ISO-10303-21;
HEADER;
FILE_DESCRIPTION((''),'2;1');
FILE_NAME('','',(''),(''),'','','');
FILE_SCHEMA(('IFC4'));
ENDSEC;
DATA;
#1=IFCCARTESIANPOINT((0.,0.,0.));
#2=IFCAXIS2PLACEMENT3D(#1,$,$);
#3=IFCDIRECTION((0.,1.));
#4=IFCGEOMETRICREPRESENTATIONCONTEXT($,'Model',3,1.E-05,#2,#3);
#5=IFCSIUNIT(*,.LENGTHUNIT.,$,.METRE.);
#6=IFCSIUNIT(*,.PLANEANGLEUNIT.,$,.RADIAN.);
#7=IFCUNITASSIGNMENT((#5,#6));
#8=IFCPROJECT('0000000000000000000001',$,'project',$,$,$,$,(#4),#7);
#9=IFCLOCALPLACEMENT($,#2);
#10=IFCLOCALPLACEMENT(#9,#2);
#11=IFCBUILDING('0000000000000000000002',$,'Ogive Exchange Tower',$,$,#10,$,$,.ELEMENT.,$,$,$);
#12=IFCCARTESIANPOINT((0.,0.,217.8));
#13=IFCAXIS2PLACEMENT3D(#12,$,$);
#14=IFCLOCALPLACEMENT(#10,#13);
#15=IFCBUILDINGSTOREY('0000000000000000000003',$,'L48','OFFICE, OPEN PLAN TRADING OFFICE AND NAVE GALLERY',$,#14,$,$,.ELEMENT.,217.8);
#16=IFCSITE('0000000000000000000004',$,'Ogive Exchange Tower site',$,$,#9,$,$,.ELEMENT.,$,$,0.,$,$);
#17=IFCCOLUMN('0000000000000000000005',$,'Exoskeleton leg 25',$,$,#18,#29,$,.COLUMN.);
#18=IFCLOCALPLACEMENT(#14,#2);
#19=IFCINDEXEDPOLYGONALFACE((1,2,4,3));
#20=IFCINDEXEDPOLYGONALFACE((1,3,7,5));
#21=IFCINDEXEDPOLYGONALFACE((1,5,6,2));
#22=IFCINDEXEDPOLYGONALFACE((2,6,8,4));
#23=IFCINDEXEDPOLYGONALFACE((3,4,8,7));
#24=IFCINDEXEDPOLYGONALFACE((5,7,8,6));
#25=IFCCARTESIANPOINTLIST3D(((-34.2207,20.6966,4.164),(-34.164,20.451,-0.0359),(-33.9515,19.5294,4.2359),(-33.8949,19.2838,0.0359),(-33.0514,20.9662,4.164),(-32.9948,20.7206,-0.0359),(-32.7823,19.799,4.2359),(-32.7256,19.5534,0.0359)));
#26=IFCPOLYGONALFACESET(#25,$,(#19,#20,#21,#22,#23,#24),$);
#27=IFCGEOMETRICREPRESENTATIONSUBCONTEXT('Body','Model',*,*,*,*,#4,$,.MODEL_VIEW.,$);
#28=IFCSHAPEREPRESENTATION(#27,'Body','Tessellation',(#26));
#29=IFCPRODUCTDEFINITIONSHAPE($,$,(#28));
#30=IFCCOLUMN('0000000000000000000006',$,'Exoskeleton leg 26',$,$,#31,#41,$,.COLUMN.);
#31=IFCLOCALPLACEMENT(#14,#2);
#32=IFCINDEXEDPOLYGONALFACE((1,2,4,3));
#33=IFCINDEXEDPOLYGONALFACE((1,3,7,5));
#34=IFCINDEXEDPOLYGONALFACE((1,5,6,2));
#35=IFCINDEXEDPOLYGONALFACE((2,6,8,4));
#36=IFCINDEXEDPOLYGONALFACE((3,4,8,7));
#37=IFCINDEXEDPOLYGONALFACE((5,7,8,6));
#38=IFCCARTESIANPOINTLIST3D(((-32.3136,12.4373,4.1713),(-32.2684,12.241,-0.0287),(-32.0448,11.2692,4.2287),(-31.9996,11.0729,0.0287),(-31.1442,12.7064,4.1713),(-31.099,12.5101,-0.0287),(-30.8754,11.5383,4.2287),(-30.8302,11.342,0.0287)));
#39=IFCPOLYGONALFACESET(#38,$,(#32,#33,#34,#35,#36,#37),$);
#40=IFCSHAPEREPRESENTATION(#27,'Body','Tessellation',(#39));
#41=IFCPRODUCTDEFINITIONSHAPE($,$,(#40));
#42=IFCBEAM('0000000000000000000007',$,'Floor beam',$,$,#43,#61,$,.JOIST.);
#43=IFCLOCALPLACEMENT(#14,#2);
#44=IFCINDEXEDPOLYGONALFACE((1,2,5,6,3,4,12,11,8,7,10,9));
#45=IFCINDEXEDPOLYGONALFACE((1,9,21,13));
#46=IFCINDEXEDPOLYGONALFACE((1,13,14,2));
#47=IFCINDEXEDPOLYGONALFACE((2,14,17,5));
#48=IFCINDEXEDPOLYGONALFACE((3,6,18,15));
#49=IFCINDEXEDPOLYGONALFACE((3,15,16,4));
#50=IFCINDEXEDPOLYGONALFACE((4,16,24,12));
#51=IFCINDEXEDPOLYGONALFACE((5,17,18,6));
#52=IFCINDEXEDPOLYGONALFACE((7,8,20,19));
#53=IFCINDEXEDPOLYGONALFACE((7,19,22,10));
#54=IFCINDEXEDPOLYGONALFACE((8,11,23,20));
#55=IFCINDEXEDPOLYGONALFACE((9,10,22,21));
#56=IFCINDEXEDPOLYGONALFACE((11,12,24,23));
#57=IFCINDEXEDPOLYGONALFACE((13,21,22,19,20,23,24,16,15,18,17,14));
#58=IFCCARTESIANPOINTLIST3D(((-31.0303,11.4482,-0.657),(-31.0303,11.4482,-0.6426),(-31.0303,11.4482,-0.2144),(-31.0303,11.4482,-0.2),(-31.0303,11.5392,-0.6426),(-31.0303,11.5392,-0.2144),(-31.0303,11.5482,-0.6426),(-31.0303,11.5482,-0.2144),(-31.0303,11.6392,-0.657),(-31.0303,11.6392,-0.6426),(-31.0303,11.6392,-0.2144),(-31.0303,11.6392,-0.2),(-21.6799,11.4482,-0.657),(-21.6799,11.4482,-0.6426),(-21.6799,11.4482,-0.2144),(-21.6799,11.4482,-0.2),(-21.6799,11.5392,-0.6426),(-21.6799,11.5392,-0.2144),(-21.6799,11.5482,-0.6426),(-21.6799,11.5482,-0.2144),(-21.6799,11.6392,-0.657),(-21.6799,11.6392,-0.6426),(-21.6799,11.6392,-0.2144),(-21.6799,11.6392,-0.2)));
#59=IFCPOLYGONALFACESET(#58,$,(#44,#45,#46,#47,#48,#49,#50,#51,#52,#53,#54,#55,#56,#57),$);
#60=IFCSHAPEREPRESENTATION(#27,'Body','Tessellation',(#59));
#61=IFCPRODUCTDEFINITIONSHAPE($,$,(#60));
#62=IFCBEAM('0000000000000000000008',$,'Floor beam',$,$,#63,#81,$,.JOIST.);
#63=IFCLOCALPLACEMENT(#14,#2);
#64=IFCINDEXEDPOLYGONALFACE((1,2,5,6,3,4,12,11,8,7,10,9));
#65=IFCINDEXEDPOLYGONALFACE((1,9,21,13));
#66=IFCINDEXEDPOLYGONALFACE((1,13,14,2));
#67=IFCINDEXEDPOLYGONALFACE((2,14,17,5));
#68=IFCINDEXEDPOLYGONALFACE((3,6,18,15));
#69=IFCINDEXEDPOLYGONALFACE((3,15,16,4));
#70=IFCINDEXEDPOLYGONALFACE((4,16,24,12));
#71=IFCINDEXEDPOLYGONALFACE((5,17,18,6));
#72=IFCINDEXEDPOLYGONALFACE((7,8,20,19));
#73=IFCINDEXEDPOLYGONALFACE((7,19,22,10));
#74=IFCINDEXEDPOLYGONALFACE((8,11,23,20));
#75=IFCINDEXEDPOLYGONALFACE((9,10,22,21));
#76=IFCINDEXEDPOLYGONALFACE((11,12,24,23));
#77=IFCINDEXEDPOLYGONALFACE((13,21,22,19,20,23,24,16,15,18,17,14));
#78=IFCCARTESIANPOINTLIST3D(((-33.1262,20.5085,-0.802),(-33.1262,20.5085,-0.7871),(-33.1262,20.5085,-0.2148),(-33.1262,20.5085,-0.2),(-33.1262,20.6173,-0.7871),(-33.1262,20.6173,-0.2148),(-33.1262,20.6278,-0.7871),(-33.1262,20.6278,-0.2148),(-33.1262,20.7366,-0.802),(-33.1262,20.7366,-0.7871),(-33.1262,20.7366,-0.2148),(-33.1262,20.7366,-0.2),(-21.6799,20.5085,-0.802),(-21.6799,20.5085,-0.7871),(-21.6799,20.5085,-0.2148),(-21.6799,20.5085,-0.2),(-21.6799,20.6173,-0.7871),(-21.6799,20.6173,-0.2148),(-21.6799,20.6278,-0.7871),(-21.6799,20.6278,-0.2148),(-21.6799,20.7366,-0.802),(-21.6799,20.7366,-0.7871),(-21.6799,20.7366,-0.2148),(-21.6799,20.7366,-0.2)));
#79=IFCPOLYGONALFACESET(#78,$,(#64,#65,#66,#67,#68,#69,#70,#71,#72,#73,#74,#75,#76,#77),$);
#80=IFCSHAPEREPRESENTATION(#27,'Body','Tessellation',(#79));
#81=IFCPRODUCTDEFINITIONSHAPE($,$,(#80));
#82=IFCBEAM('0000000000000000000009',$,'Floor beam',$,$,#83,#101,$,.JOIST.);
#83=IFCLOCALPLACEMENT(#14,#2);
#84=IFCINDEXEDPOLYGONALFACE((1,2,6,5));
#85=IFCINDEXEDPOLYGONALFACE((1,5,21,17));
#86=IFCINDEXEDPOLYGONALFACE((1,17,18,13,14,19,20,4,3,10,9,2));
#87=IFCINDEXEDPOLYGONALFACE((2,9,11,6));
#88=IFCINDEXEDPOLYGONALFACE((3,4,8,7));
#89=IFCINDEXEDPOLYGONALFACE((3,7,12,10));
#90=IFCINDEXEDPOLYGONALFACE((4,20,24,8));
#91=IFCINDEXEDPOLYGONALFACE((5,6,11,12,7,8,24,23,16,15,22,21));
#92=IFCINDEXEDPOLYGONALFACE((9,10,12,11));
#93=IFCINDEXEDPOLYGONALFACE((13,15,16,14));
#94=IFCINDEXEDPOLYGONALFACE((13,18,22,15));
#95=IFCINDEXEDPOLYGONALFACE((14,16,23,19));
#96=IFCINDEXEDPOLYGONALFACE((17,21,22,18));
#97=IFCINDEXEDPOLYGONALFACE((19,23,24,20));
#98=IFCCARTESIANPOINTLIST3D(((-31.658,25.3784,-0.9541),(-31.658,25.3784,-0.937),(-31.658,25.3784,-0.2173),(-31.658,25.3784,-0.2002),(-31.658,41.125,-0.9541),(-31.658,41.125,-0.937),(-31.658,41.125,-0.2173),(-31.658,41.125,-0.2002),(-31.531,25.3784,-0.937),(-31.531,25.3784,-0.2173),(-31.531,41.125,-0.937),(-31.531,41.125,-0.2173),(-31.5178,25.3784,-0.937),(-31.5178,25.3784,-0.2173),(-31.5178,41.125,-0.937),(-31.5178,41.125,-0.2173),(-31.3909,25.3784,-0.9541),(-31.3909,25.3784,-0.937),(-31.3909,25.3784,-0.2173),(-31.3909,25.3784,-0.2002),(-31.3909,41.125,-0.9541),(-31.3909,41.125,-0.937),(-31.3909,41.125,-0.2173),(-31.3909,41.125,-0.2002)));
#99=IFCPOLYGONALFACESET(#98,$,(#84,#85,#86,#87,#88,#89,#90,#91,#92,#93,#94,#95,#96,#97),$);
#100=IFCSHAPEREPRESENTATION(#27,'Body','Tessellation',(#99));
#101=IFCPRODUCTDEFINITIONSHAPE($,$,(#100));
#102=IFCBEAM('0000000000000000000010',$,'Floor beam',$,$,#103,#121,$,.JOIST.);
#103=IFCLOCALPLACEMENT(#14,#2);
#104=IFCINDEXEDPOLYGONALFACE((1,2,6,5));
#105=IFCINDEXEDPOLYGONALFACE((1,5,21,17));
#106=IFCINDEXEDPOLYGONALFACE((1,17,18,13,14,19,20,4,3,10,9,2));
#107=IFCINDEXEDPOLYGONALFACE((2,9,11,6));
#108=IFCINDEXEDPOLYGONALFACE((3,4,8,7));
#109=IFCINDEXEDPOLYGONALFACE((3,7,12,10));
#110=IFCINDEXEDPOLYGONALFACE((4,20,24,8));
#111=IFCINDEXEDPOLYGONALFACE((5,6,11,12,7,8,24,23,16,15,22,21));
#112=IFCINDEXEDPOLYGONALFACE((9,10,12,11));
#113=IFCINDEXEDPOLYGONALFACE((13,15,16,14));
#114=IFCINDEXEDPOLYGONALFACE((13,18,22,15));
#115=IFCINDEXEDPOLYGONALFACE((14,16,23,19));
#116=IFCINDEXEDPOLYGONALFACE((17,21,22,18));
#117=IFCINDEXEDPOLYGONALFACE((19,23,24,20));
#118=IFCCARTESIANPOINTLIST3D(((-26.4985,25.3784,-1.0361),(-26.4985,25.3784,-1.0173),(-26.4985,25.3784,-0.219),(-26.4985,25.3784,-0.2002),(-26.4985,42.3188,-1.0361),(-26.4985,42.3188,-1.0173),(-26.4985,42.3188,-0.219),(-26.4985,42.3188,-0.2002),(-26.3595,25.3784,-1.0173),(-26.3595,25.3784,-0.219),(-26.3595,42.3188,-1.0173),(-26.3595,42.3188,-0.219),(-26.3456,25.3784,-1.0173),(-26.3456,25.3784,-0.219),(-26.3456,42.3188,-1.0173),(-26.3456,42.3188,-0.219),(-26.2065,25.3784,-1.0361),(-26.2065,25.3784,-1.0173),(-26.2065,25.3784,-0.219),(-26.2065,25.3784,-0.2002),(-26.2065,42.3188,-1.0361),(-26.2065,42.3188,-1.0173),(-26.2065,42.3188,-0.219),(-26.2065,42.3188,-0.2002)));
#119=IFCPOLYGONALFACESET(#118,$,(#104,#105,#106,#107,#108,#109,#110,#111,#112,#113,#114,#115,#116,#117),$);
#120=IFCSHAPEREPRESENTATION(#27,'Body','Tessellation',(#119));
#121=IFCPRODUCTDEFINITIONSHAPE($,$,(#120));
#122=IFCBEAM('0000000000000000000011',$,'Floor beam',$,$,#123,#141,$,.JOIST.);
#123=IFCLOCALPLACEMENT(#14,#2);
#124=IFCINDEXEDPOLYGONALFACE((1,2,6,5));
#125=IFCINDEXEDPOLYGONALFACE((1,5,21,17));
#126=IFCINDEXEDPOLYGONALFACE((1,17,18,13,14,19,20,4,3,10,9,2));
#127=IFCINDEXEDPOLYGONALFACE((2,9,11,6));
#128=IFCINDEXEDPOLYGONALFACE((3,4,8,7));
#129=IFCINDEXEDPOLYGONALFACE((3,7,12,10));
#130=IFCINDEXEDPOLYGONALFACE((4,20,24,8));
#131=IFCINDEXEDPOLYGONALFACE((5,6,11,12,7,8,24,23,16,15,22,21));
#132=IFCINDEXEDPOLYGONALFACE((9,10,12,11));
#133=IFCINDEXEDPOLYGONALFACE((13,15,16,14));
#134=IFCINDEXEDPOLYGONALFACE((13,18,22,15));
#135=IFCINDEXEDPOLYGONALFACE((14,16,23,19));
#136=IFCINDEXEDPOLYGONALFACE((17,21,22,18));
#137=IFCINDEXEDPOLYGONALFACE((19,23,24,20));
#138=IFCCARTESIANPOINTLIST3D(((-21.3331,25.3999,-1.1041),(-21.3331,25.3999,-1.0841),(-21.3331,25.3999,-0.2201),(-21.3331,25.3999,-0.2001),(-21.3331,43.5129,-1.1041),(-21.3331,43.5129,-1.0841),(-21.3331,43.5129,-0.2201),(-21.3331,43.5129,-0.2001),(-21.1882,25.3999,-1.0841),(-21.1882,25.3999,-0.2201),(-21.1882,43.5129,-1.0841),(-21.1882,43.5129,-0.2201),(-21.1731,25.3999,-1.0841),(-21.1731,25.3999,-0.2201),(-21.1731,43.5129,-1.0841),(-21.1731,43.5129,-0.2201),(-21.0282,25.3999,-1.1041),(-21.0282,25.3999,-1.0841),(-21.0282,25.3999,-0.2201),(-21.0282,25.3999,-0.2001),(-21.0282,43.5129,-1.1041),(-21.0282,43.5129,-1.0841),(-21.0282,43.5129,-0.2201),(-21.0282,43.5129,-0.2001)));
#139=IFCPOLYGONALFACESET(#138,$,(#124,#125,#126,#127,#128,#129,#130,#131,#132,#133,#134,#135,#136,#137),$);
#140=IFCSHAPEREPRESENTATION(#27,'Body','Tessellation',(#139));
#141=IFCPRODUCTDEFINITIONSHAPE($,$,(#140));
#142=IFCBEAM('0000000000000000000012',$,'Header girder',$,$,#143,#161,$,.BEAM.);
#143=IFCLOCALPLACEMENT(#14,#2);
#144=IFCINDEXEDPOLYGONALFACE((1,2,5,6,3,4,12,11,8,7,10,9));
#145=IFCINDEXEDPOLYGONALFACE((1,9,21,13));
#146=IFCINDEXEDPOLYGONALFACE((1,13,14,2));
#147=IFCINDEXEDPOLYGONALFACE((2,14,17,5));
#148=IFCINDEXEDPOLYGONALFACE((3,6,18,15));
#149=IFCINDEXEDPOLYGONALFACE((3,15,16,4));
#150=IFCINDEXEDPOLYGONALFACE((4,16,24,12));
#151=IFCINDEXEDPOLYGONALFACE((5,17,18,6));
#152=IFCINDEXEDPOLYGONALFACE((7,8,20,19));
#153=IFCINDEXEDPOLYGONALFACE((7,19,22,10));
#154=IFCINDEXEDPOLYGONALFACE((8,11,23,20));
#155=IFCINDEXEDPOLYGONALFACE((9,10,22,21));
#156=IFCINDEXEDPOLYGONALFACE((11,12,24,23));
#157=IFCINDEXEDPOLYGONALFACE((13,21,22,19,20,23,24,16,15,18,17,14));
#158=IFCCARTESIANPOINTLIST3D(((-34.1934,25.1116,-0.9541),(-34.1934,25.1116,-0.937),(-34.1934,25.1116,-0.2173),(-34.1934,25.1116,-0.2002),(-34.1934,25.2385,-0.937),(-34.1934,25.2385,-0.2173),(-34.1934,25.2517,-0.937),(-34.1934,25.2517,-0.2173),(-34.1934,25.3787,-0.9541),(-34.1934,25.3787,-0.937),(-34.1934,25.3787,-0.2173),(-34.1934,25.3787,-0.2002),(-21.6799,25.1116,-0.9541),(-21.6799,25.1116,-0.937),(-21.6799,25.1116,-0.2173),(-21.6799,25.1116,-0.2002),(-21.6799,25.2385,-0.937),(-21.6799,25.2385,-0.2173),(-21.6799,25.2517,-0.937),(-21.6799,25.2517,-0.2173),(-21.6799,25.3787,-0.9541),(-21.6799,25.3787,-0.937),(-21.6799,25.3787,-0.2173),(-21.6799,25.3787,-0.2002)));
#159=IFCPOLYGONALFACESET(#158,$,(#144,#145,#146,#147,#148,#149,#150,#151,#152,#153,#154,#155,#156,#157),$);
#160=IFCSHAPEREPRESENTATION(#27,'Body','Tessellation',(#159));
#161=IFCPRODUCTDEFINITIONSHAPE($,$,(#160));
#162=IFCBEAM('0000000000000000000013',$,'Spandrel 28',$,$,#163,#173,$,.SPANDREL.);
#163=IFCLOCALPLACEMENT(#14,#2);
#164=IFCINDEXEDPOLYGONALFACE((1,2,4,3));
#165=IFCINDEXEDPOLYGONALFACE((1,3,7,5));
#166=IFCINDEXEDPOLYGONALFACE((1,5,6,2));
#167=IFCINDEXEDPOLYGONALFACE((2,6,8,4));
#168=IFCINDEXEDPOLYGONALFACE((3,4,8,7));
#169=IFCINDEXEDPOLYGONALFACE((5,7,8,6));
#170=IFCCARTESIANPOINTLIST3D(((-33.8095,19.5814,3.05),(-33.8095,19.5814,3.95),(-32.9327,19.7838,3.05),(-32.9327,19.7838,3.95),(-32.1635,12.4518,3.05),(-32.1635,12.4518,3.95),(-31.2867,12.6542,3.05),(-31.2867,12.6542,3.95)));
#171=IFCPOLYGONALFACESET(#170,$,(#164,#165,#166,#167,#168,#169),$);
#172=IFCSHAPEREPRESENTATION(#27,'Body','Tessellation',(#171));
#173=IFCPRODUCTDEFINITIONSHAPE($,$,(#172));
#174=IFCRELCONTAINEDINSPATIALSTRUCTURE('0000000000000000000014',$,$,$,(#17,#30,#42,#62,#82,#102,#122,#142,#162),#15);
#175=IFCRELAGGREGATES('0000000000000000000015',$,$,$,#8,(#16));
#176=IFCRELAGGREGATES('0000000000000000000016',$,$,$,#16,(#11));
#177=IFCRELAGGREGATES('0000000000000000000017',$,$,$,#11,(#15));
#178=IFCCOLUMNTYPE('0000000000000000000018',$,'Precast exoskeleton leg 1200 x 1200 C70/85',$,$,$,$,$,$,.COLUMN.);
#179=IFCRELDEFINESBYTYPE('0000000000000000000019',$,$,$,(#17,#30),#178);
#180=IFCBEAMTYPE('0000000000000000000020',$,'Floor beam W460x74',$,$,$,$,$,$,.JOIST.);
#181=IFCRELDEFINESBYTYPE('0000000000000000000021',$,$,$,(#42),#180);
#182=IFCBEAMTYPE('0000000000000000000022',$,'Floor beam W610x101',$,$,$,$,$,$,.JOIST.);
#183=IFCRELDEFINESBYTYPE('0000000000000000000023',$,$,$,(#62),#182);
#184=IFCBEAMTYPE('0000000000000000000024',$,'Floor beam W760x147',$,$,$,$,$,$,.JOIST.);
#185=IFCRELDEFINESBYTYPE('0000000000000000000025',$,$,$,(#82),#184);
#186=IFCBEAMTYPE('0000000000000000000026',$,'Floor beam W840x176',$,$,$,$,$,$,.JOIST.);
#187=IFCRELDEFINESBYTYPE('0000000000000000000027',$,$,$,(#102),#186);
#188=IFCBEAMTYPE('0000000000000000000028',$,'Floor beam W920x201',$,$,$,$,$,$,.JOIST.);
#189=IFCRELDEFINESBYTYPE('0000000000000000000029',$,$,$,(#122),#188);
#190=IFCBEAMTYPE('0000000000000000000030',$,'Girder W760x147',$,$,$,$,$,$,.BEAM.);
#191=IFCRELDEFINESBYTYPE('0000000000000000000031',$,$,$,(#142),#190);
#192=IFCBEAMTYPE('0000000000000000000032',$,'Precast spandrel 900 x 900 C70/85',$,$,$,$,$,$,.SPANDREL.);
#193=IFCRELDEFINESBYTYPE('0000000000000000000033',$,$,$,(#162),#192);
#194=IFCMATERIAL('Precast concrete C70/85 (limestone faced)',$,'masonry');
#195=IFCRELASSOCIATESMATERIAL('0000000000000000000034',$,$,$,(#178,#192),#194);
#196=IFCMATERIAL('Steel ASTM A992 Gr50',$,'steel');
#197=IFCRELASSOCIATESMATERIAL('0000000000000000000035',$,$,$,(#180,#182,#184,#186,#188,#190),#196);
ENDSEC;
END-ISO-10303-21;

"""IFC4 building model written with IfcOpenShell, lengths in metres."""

from ifc_helpers import new_model, si_unit, direction, frame, origin, origin_2d, place, context, subcontext, project, spatial, rectangle, i_section, extrude, material, material_profile, profile_set, type_object, element, save


model = new_model("IFC4")

# Units and contexts
model_context = context("Model", 3, precision=1e-05, world=origin(), true_north=direction((0.0, 1.0)))
body_context = subcontext(model_context, "Body", "Model", "MODEL_VIEW")
ifc_project = project(units=[si_unit("LENGTHUNIT", "METRE"), si_unit("PLANEANGLEUNIT", "RADIAN")], contexts=[model_context])

# Site, building, storey
site_placement = place(None, origin())
site = spatial("IfcSite", under=ifc_project, at=site_placement, Name="Ogive Exchange Tower site", CompositionType="ELEMENT", RefElevation=0.0)
building_placement = place(site_placement, origin())
building = spatial("IfcBuilding", under=site, at=building_placement, Name="Ogive Exchange Tower", CompositionType="ELEMENT")
storey_placement = place(building_placement, frame((0.0, 0.0, 217.8)))
storey = spatial("IfcBuildingStorey", under=building, at=storey_placement, Name="L48", Description="OFFICE, OPEN PLAN TRADING OFFICE AND NAVE GALLERY", CompositionType="ELEMENT", Elevation=217.8)

# Columns
ifc_material_1 = material(Name="Precast concrete C70/85 (limestone faced)", Category="masonry")
ifc_material_profile_1 = material_profile(ifc_material_1, rectangle(XDim=1.2, YDim=1.2, at=origin_2d()), Name="1200 x 1200")
ifc_profile_set_1 = profile_set([ifc_material_profile_1], Name="Precast concrete C70/85 (limestone faced)")
column_type = type_object("IfcColumnType", Name="Precast exoskeleton leg 1200 x 1200 C70/85", PredefinedType="COLUMN", material=ifc_profile_set_1)
column_1_placement = place(storey_placement, frame((-33.4448, 20.0022, 0.0), z_axis=(-0.013462, 0.058373, 0.998204), x_axis=(-0.974424, -0.224718, 0.0)))
element("IfcColumn", 1, at=column_1_placement, inside=storey, type_object=column_type, Name="Exoskeleton leg 25", PredefinedType="COLUMN", context=body_context, shape_type="SweptSolid", body=[
    extrude(rectangle(XDim=1.2, YDim=1.2, at=origin_2d()), origin(), (0.0, 0.0, 1.0), 4.2075),
])
column_2_placement = place(storey_placement, frame((-31.5493, 11.7915, 0.0), z_axis=(-0.010742, 0.046682, 0.998852), x_axis=(-0.974534, -0.22424, 0.0)))
element("IfcColumn", 2, at=column_2_placement, inside=storey, type_object=column_type, Name="Exoskeleton leg 26", PredefinedType="COLUMN", context=body_context, shape_type="SweptSolid", body=[
    extrude(rectangle(XDim=1.2, YDim=1.2, at=origin_2d()), origin(), (0.0, 0.0, 1.0), 4.2048),
])

# Beams
ifc_material_2 = material(Name="Steel ASTM A992 Gr50", Category="steel")
ifc_material_profile_2 = material_profile(ifc_material_2, i_section(OverallWidth=0.1909, OverallDepth=0.457, WebThickness=0.009, FlangeThickness=0.0144, at=origin_2d()), Name="W460x74")
ifc_profile_set_2 = profile_set([ifc_material_profile_2], Name="Steel ASTM A992 Gr50")
beam_type_1 = type_object("IfcBeamType", Name="Floor beam W460x74", PredefinedType="JOIST", material=ifc_profile_set_2)
beam_1_placement = place(storey_placement, frame((-31.0303, 11.5437, -0.4285), z_axis=(1.0, 0.0, 0.0), x_axis=(0.0, 1.0, 0.0)))
element("IfcBeam", 3, at=beam_1_placement, inside=storey, type_object=beam_type_1, Name="Floor beam", PredefinedType="JOIST", context=body_context, shape_type="SweptSolid", body=[
    extrude(i_section(OverallWidth=0.1909, OverallDepth=0.457, WebThickness=0.009, FlangeThickness=0.0144, at=origin_2d()), origin(), (0.0, 0.0, 1.0), 9.3503),
])
ifc_material_profile_3 = material_profile(ifc_material_2, i_section(OverallWidth=0.228, OverallDepth=0.6021, WebThickness=0.0105, FlangeThickness=0.0149, at=origin_2d()), Name="W610x101")
ifc_profile_set_3 = profile_set([ifc_material_profile_3], Name="Steel ASTM A992 Gr50")
beam_type_2 = type_object("IfcBeamType", Name="Floor beam W610x101", PredefinedType="JOIST", material=ifc_profile_set_3)
beam_2_placement = place(storey_placement, frame((-33.1262, 20.6226, -0.501), z_axis=(1.0, 0.0, 0.0), x_axis=(0.0, 1.0, 0.0)))
element("IfcBeam", 4, at=beam_2_placement, inside=storey, type_object=beam_type_2, Name="Floor beam", PredefinedType="JOIST", context=body_context, shape_type="SweptSolid", body=[
    extrude(i_section(OverallWidth=0.228, OverallDepth=0.6021, WebThickness=0.0105, FlangeThickness=0.0149, at=origin_2d()), origin(), (0.0, 0.0, 1.0), 11.4463),
])
ifc_material_profile_4 = material_profile(ifc_material_2, i_section(OverallWidth=0.2671, OverallDepth=0.7539, WebThickness=0.0132, FlangeThickness=0.0171, at=origin_2d()), Name="W760x147")
ifc_profile_set_4 = profile_set([ifc_material_profile_4], Name="Steel ASTM A992 Gr50")
beam_type_3 = type_object("IfcBeamType", Name="Floor beam W760x147", PredefinedType="JOIST", material=ifc_profile_set_4)
beam_3_placement = place(storey_placement, frame((-31.5244, 25.3784, -0.5771), z_axis=(0.0, 1.0, 0.0), x_axis=(-1.0, 0.0, 0.0)))
element("IfcBeam", 5, at=beam_3_placement, inside=storey, type_object=beam_type_3, Name="Floor beam", PredefinedType="JOIST", context=body_context, shape_type="SweptSolid", body=[
    extrude(i_section(OverallWidth=0.2671, OverallDepth=0.7539, WebThickness=0.0132, FlangeThickness=0.0171, at=origin_2d()), origin(), (0.0, 0.0, 1.0), 15.7466),
])
ifc_material_profile_5 = material_profile(ifc_material_2, i_section(OverallWidth=0.292, OverallDepth=0.8359, WebThickness=0.0139, FlangeThickness=0.0188, at=origin_2d()), Name="W840x176")
ifc_profile_set_5 = profile_set([ifc_material_profile_5], Name="Steel ASTM A992 Gr50")
beam_type_4 = type_object("IfcBeamType", Name="Floor beam W840x176", PredefinedType="JOIST", material=ifc_profile_set_5)
beam_4_placement = place(storey_placement, frame((-26.3525, 25.3784, -0.6182), z_axis=(0.0, 1.0, 0.0), x_axis=(-1.0, 0.0, 0.0)))
element("IfcBeam", 6, at=beam_4_placement, inside=storey, type_object=beam_type_4, Name="Floor beam", PredefinedType="JOIST", context=body_context, shape_type="SweptSolid", body=[
    extrude(i_section(OverallWidth=0.292, OverallDepth=0.8359, WebThickness=0.0139, FlangeThickness=0.0188, at=origin_2d()), origin(), (0.0, 0.0, 1.0), 16.9404),
])
ifc_material_profile_6 = material_profile(ifc_material_2, i_section(OverallWidth=0.3049, OverallDepth=0.9041, WebThickness=0.0151, FlangeThickness=0.02, at=origin_2d()), Name="W920x201")
ifc_profile_set_6 = profile_set([ifc_material_profile_6], Name="Steel ASTM A992 Gr50")
beam_type_5 = type_object("IfcBeamType", Name="Floor beam W920x201", PredefinedType="JOIST", material=ifc_profile_set_6)
beam_5_placement = place(storey_placement, frame((-21.1807, 25.3999, -0.6521), z_axis=(0.0, 1.0, 0.0), x_axis=(-1.0, 0.0, 0.0)))
element("IfcBeam", 7, at=beam_5_placement, inside=storey, type_object=beam_type_5, Name="Floor beam", PredefinedType="JOIST", context=body_context, shape_type="SweptSolid", body=[
    extrude(i_section(OverallWidth=0.3049, OverallDepth=0.9041, WebThickness=0.0151, FlangeThickness=0.02, at=origin_2d()), origin(), (0.0, 0.0, 1.0), 18.113),
])
ifc_material_profile_7 = material_profile(ifc_material_2, i_section(OverallWidth=0.2671, OverallDepth=0.7539, WebThickness=0.0132, FlangeThickness=0.0171, at=origin_2d()), Name="W760x147")
ifc_profile_set_7 = profile_set([ifc_material_profile_7], Name="Steel ASTM A992 Gr50")
beam_type_6 = type_object("IfcBeamType", Name="Girder W760x147", PredefinedType="BEAM", material=ifc_profile_set_7)
beam_6_placement = place(storey_placement, frame((-34.1934, 25.2451, -0.5771), z_axis=(1.0, 0.0, 0.0), x_axis=(0.0, 1.0, 0.0)))
element("IfcBeam", 8, at=beam_6_placement, inside=storey, type_object=beam_type_6, Name="Header girder", PredefinedType="BEAM", context=body_context, shape_type="SweptSolid", body=[
    extrude(i_section(OverallWidth=0.2671, OverallDepth=0.7539, WebThickness=0.0132, FlangeThickness=0.0171, at=origin_2d()), origin(), (0.0, 0.0, 1.0), 12.5134),
])
ifc_material_profile_8 = material_profile(ifc_material_1, rectangle(XDim=0.8999, YDim=0.8999, at=origin_2d()), Name="900 x 900")
ifc_profile_set_8 = profile_set([ifc_material_profile_8], Name="Precast concrete C70/85 (limestone faced)")
beam_type_7 = type_object("IfcBeamType", Name="Precast spandrel 900 x 900 C70/85", PredefinedType="SPANDREL", material=ifc_profile_set_8)
for number, where, z_axis, x_axis, name in (
    (9, (-33.3711, 19.6826, 3.5), (0.22495, -0.97437, 0.0), (0.97437, 0.22495, 0.0), "Spandrel 28"),
):
    element("IfcBeam", number, at=place(storey_placement, frame(where, z_axis=z_axis, x_axis=x_axis)), inside=storey, type_object=beam_type_7, Name=name, PredefinedType="SPANDREL", context=body_context, shape_type="SweptSolid", body=[
        extrude(rectangle(XDim=0.8999, YDim=0.8999, at=origin_2d()), origin(), (0.0, 0.0, 1.0), 7.3171),
    ])

save(model, "model.ifc")
